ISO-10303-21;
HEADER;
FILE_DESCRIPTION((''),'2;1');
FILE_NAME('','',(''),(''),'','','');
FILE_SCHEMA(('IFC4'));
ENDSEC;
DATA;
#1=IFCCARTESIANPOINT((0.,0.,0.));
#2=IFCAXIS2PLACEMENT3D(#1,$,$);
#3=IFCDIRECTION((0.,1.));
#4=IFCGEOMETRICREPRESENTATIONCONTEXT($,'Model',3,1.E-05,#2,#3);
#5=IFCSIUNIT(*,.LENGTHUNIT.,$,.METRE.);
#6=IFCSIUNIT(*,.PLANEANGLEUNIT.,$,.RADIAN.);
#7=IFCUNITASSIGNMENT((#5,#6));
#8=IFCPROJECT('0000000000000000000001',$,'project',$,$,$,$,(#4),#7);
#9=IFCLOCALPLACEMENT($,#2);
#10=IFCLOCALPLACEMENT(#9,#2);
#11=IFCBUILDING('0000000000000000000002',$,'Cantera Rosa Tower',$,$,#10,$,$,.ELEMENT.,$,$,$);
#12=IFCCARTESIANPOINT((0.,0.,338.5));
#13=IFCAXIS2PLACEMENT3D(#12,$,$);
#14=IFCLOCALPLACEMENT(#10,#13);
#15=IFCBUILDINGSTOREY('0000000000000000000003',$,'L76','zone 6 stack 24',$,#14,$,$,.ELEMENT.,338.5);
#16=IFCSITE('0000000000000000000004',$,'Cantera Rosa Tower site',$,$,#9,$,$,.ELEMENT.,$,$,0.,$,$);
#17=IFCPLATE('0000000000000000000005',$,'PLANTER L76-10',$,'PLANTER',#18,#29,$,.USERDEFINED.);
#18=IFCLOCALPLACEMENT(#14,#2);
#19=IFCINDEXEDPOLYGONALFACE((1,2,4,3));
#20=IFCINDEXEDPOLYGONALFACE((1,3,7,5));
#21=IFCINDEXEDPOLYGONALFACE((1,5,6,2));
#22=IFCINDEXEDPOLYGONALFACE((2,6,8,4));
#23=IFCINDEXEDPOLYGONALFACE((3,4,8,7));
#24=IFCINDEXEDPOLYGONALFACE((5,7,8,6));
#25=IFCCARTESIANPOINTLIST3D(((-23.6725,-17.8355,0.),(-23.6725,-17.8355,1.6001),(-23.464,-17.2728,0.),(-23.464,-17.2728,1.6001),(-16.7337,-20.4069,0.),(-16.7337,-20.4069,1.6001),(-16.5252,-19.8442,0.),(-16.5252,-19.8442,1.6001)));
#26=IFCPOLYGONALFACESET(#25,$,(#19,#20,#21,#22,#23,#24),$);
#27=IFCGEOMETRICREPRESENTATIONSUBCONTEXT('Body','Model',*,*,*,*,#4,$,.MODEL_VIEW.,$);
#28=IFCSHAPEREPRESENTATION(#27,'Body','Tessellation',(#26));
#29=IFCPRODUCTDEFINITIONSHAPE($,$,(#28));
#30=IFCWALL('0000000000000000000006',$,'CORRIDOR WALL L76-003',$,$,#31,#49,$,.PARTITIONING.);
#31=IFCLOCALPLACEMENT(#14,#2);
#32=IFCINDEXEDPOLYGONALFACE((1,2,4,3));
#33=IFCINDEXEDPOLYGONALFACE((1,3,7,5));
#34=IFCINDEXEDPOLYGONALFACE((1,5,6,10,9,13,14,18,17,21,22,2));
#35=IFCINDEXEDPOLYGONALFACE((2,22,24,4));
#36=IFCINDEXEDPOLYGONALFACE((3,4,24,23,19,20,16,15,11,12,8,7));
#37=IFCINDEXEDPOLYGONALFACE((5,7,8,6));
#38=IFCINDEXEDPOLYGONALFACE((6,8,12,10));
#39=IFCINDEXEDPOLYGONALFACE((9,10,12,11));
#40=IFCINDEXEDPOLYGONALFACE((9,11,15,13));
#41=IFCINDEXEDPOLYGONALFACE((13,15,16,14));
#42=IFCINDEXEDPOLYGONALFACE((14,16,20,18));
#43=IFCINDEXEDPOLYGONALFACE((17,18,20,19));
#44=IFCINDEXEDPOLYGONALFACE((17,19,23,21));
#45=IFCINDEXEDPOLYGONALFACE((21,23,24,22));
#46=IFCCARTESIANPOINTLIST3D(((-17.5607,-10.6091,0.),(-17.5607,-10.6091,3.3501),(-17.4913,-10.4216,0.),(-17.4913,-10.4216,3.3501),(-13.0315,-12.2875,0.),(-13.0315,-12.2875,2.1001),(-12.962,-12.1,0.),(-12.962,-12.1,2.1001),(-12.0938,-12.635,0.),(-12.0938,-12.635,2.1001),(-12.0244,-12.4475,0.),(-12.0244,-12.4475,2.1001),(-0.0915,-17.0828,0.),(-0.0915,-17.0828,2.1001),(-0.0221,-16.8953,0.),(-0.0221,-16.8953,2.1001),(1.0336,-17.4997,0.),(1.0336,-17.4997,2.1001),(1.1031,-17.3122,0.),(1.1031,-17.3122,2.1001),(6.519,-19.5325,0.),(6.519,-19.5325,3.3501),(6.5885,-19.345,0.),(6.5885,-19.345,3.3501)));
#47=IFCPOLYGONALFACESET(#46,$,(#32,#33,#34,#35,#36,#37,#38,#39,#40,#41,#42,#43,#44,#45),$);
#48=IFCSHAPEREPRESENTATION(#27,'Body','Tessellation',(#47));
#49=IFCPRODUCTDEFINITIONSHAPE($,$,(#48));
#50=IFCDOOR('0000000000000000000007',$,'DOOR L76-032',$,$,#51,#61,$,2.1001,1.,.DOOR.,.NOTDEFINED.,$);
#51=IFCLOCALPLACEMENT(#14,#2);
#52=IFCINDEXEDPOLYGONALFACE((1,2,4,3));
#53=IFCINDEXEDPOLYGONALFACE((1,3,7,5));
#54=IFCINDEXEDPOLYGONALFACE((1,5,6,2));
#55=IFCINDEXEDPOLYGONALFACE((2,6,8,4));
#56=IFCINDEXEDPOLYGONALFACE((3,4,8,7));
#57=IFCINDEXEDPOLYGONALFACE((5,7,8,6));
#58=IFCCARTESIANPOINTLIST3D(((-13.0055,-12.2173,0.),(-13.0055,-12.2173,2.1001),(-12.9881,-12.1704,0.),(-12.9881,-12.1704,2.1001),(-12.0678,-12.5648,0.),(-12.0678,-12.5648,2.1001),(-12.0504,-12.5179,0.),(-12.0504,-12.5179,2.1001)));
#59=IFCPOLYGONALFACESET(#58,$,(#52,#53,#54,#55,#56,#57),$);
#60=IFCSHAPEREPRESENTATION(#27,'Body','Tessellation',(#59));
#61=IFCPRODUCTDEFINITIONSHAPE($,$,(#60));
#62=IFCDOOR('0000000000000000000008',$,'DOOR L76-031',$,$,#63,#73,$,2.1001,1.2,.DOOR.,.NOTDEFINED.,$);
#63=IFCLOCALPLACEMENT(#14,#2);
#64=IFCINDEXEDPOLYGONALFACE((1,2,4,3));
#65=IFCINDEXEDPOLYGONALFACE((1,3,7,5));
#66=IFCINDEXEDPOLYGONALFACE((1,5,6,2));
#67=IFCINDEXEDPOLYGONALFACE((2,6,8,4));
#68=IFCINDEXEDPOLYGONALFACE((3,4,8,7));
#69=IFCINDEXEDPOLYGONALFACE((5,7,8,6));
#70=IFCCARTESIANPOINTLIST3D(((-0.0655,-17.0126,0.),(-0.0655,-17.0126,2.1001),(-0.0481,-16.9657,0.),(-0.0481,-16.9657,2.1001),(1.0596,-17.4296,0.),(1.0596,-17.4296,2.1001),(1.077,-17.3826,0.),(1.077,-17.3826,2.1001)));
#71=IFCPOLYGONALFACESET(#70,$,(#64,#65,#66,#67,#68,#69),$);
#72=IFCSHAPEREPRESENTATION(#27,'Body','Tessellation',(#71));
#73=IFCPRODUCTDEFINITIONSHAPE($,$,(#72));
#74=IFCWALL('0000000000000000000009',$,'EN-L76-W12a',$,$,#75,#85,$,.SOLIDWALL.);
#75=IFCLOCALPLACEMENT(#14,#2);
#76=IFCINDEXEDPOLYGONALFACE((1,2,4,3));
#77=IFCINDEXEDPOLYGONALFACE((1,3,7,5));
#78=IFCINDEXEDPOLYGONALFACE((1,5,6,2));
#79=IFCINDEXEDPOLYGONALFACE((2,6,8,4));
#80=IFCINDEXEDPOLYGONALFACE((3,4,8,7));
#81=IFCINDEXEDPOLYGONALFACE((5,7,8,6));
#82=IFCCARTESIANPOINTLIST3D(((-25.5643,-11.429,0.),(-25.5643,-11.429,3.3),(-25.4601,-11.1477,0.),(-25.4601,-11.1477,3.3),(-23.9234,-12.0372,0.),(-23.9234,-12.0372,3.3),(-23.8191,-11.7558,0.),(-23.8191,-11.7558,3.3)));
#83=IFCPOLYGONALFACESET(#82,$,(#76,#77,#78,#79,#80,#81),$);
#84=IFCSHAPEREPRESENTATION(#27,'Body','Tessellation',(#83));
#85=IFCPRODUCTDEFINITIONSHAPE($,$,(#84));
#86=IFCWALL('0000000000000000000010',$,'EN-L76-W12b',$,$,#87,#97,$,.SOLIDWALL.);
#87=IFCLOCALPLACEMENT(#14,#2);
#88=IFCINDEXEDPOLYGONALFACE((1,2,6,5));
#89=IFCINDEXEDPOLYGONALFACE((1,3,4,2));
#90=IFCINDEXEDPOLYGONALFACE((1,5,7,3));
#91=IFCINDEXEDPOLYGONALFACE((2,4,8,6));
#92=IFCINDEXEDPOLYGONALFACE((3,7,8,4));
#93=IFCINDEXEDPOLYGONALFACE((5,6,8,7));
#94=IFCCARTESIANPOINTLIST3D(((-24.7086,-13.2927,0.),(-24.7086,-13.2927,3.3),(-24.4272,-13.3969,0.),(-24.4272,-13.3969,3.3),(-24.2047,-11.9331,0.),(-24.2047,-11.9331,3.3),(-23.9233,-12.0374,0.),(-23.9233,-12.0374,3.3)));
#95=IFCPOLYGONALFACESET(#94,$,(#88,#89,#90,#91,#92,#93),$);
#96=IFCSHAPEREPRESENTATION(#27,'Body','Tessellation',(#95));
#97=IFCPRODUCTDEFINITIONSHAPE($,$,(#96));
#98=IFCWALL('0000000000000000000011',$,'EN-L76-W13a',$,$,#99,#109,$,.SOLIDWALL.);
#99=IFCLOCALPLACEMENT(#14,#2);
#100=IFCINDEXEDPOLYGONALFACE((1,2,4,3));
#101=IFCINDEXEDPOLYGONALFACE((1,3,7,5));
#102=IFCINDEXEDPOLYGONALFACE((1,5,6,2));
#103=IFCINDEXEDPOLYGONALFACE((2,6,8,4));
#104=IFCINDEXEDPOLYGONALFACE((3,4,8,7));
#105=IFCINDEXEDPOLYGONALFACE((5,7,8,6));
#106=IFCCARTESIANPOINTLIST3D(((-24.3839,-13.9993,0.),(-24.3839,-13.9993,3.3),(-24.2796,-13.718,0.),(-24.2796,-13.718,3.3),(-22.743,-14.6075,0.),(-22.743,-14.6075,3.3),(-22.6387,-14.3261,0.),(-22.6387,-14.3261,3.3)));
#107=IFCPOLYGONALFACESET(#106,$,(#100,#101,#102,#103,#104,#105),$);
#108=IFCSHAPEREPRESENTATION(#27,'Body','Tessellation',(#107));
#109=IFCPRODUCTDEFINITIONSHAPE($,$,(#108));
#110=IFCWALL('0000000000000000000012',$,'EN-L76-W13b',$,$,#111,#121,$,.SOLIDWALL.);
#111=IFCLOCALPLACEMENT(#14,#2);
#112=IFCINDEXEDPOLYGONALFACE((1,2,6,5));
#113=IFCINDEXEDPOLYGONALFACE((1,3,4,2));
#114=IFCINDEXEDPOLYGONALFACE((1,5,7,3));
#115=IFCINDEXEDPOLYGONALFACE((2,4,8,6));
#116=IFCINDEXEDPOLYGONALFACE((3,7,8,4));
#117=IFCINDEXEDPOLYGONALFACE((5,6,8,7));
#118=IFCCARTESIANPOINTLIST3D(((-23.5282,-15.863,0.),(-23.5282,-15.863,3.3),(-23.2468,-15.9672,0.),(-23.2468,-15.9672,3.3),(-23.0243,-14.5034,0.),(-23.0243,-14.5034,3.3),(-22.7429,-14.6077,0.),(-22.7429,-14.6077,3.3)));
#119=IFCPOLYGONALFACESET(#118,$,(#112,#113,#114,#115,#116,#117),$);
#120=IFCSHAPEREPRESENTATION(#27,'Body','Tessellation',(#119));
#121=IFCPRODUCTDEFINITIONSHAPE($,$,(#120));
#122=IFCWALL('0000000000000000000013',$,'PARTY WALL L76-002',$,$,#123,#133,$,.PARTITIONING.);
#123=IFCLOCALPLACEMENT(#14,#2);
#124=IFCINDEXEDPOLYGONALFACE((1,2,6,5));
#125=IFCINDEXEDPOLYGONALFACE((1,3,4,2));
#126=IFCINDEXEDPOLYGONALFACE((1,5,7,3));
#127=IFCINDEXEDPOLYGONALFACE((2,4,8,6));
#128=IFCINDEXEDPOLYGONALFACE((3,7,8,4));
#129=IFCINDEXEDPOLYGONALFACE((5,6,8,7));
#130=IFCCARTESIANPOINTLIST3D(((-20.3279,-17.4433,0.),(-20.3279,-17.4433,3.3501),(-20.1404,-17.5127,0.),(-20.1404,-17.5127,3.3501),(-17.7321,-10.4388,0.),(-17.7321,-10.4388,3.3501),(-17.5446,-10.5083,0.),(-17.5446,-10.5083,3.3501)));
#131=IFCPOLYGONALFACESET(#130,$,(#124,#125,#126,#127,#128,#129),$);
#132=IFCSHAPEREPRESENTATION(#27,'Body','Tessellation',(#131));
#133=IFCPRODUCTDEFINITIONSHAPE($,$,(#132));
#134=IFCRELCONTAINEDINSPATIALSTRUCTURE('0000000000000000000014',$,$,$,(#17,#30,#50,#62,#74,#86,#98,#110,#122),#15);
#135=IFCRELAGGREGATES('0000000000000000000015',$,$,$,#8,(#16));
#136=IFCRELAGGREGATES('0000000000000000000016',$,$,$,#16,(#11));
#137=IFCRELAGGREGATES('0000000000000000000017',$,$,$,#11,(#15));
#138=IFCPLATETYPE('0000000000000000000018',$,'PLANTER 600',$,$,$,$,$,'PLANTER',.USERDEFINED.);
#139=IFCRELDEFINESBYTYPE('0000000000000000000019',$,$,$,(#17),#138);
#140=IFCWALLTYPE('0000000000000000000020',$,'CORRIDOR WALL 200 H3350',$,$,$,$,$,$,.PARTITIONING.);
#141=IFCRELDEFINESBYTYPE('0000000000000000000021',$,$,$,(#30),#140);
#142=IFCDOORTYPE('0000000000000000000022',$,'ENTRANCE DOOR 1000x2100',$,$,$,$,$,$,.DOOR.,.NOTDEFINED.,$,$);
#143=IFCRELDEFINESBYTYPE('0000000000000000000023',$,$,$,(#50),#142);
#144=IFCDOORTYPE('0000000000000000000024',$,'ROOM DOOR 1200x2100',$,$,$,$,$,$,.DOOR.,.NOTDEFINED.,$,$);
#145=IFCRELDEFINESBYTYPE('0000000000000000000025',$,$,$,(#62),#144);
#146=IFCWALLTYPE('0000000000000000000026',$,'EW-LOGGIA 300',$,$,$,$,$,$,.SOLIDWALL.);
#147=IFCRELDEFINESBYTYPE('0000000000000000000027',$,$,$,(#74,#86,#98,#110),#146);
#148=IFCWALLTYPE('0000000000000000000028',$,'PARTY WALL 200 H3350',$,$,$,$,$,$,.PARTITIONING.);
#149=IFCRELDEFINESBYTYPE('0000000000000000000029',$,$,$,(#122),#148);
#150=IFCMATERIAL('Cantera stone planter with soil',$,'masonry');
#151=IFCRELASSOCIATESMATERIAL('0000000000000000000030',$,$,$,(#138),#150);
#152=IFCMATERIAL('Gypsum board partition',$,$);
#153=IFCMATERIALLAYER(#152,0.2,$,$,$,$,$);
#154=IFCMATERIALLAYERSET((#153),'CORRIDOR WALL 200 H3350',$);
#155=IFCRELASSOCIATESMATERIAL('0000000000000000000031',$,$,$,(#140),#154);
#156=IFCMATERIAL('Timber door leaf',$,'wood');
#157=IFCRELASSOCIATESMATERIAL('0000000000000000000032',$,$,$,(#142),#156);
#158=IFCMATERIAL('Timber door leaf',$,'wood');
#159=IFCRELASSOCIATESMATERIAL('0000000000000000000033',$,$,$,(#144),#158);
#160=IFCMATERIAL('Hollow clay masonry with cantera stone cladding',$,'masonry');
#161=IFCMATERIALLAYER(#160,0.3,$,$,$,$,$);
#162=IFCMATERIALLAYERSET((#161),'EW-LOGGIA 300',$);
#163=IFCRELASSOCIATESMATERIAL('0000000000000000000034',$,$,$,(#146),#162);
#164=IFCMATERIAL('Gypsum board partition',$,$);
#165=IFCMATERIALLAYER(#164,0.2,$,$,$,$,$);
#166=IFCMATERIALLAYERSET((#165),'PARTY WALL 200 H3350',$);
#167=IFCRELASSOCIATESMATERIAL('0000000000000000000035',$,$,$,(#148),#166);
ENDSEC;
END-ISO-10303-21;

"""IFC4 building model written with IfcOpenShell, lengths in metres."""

from ifc_helpers import new_model, si_unit, direction, frame, frame_2d, origin, origin_2d, place, context, subcontext, project, spatial, rectangle, extrude, material, layer, layer_set, type_object, element, fill, save


model = new_model("IFC4")

# Units and contexts
model_context = context("Model", 3, precision=1e-05, world=origin(), true_north=direction((0.0, 1.0)))
body_context = subcontext(model_context, "Body", "Model", "MODEL_VIEW")
ifc_project = project(units=[si_unit("LENGTHUNIT", "METRE"), si_unit("PLANEANGLEUNIT", "RADIAN")], contexts=[model_context])

# Site, building, storey
site_placement = place(None, origin())
site = spatial("IfcSite", under=ifc_project, at=site_placement, Name="Cantera Rosa Tower site", CompositionType="ELEMENT", RefElevation=0.0)
building_placement = place(site_placement, origin())
building = spatial("IfcBuilding", under=site, at=building_placement, Name="Cantera Rosa Tower", CompositionType="ELEMENT")
storey_placement = place(building_placement, frame((0.0, 0.0, 338.5)))
storey = spatial("IfcBuildingStorey", under=building, at=storey_placement, Name="L76", Description="zone 6 stack 24", CompositionType="ELEMENT", Elevation=338.5)

# Plate
ifc_material_1 = material(Name="Cantera stone planter with soil", Category="masonry")
plate_type = type_object("IfcPlateType", Name="PLANTER 600", ElementType="PLANTER", PredefinedType="USERDEFINED", material=ifc_material_1)
plate_placement = place(storey_placement, frame((-20.0989, -18.8398, 0.0), z_axis=(0.0, 0.0, 1.0), x_axis=(0.937687, -0.347481, 0.0)))
element("IfcPlate", 1, at=plate_placement, inside=storey, type_object=plate_type, Name="PLANTER L76-10", ObjectType="PLANTER", PredefinedType="USERDEFINED", context=body_context, shape_type="SweptSolid", body=[
    extrude(rectangle(XDim=7.3999, YDim=0.6001, at=origin_2d()), origin(), (0.0, 0.0, 1.0), 1.6001),
])

# Wall, openings, doors
ifc_material_2 = material(Name="Gypsum board partition")
ifc_layer_1 = layer(ifc_material_2, 0.2)
ifc_layer_set_1 = layer_set([ifc_layer_1], Name="CORRIDOR WALL 200 H3350")
wall_type_1 = type_object("IfcWallType", Name="CORRIDOR WALL 200 H3350", PredefinedType="PARTITIONING", material=ifc_layer_set_1)
wall_1_placement = place(storey_placement, frame((-17.5259, -10.5154, 0.0), z_axis=(0.0, 0.0, 1.0), x_axis=(0.937686, -0.347485, 0.0)))
wall_1 = element("IfcWall", 2, at=wall_1_placement, inside=storey, type_object=wall_type_1, Name="CORRIDOR WALL L76-003", PredefinedType="PARTITIONING", context=body_context, shape_type="SweptSolid", body=[
    extrude(rectangle(XDim=25.6799, YDim=0.2, at=frame_2d((12.8398, 0.0))), origin(), (0.0, 0.0, 1.0), 3.3501),
])
opening_1_placement = place(wall_1_placement, frame((18.6299, 0.0, 0.0)))
opening_1 = element("IfcOpeningElement", 3, at=opening_1_placement, cuts=wall_1, PredefinedType="OPENING", context=body_context, shape_type="SweptSolid", body=[
    extrude(rectangle(XDim=1.2, YDim=2.1001, at=frame_2d((0.6001, 1.05))), frame((0.0, 0.1099, 0.0), z_axis=(0.0, -1.0, 0.0), x_axis=(1.0, 0.0, 0.0)), (0.0, 0.0, 1.0), 0.22),
])
opening_2_placement = place(wall_1_placement, frame((4.8301, 0.0, 0.0)))
opening_2 = element("IfcOpeningElement", 4, at=opening_2_placement, cuts=wall_1, PredefinedType="OPENING", context=body_context, shape_type="SweptSolid", body=[
    extrude(rectangle(XDim=1.0, YDim=2.1001, at=frame_2d((0.5, 1.05))), frame((0.0, 0.1099, 0.0), z_axis=(0.0, -1.0, 0.0), x_axis=(1.0, 0.0, 0.0)), (0.0, 0.0, 1.0), 0.22),
])
ifc_material_3 = material(Name="Timber door leaf", Category="wood")
door_type_1 = type_object("IfcDoorType", Name="ENTRANCE DOOR 1000x2100", OperationType="NOTDEFINED", PredefinedType="DOOR", material=ifc_material_3)
door_1_placement = place(opening_2_placement, origin())
door_1 = element("IfcDoor", 5, at=door_1_placement, inside=storey, type_object=door_type_1, Name="DOOR L76-032", OperationType="NOTDEFINED", OverallHeight=2.1001, OverallWidth=1.0, PredefinedType="DOOR", context=body_context, shape_type="SweptSolid", body=[
    extrude(rectangle(XDim=1.0, YDim=2.1001, at=frame_2d((0.5, 1.05))), frame((0.0, 0.0249, 0.0), z_axis=(0.0, -1.0, 0.0), x_axis=(1.0, 0.0, 0.0)), (0.0, 0.0, 1.0), 0.05),
])
fill(opening_2, door_1)
ifc_material_4 = material(Name="Timber door leaf", Category="wood")
door_type_2 = type_object("IfcDoorType", Name="ROOM DOOR 1200x2100", OperationType="NOTDEFINED", PredefinedType="DOOR", material=ifc_material_4)
door_2_placement = place(opening_1_placement, origin())
door_2 = element("IfcDoor", 6, at=door_2_placement, inside=storey, type_object=door_type_2, Name="DOOR L76-031", OperationType="NOTDEFINED", OverallHeight=2.1001, OverallWidth=1.2, PredefinedType="DOOR", context=body_context, shape_type="SweptSolid", body=[
    extrude(rectangle(XDim=1.2, YDim=2.1001, at=frame_2d((0.6001, 1.05))), frame((0.0, 0.0249, 0.0), z_axis=(0.0, -1.0, 0.0), x_axis=(1.0, 0.0, 0.0)), (0.0, 0.0, 1.0), 0.05),
])
fill(opening_1, door_2)

# Walls
ifc_material_5 = material(Name="Hollow clay masonry with cantera stone cladding", Category="masonry")
ifc_layer_2 = layer(ifc_material_5, 0.3)
ifc_layer_set_2 = layer_set([ifc_layer_2], Name="EW-LOGGIA 300")
wall_type_2 = type_object("IfcWallType", Name="EW-LOGGIA 300", PredefinedType="SOLIDWALL", material=ifc_layer_set_2)
wall_2_placement = place(storey_placement, frame((-25.5122, -11.2883, 0.0), z_axis=(0.0, 0.0, 1.0), x_axis=(0.93767, -0.347528, 0.0)))
element("IfcWall", 7, at=wall_2_placement, inside=storey, type_object=wall_type_2, Name="EN-L76-W12a", PredefinedType="SOLIDWALL", context=body_context, shape_type="SweptSolid", body=[
    extrude(rectangle(XDim=1.75, YDim=0.3, at=frame_2d((0.875, 0.0))), origin(), (0.0, 0.0, 1.0), 3.3),
])
wall_3_placement = place(storey_placement, frame((-24.064, -11.9851, 0.0), z_axis=(0.0, 0.0, 1.0), x_axis=(-0.347523, -0.937672, 0.0)))
element("IfcWall", 8, at=wall_3_placement, inside=storey, type_object=wall_type_2, Name="EN-L76-W12b", PredefinedType="SOLIDWALL", context=body_context, shape_type="SweptSolid", body=[
    extrude(rectangle(XDim=1.45, YDim=0.3, at=frame_2d((0.7251, 0.0))), origin(), (0.0, 0.0, 1.0), 3.3),
])
wall_4_placement = place(storey_placement, frame((-24.3318, -13.8586, 0.0), z_axis=(0.0, 0.0, 1.0), x_axis=(0.93767, -0.347528, 0.0)))
element("IfcWall", 9, at=wall_4_placement, inside=storey, type_object=wall_type_2, Name="EN-L76-W13a", PredefinedType="SOLIDWALL", context=body_context, shape_type="SweptSolid", body=[
    extrude(rectangle(XDim=1.75, YDim=0.3, at=frame_2d((0.875, 0.0))), origin(), (0.0, 0.0, 1.0), 3.3),
])
wall_5_placement = place(storey_placement, frame((-22.8835, -14.5554, 0.0), z_axis=(0.0, 0.0, 1.0), x_axis=(-0.347523, -0.937672, 0.0)))
element("IfcWall", 10, at=wall_5_placement, inside=storey, type_object=wall_type_2, Name="EN-L76-W13b", PredefinedType="SOLIDWALL", context=body_context, shape_type="SweptSolid", body=[
    extrude(rectangle(XDim=1.45, YDim=0.3, at=frame_2d((0.7251, 0.0))), origin(), (0.0, 0.0, 1.0), 3.3),
])

# Wall
ifc_material_6 = material(Name="Gypsum board partition")
ifc_layer_3 = layer(ifc_material_6, 0.2)
ifc_layer_set_3 = layer_set([ifc_layer_3], Name="PARTY WALL 200 H3350")
wall_type_3 = type_object("IfcWallType", Name="PARTY WALL 200 H3350", PredefinedType="PARTITIONING", material=ifc_layer_set_3)
wall_6_placement = place(storey_placement, frame((-17.6384, -10.4736, 0.0), z_axis=(0.0, 0.0, 1.0), x_axis=(-0.347489, -0.937684, 0.0)))
element("IfcWall", 11, at=wall_6_placement, inside=storey, type_object=wall_type_3, Name="PARTY WALL L76-002", PredefinedType="PARTITIONING", context=body_context, shape_type="SweptSolid", body=[
    extrude(rectangle(XDim=7.47, YDim=0.2, at=frame_2d((3.7349, 0.0))), origin(), (0.0, 0.0, 1.0), 3.3501),
])

save(model, "model.ifc")
